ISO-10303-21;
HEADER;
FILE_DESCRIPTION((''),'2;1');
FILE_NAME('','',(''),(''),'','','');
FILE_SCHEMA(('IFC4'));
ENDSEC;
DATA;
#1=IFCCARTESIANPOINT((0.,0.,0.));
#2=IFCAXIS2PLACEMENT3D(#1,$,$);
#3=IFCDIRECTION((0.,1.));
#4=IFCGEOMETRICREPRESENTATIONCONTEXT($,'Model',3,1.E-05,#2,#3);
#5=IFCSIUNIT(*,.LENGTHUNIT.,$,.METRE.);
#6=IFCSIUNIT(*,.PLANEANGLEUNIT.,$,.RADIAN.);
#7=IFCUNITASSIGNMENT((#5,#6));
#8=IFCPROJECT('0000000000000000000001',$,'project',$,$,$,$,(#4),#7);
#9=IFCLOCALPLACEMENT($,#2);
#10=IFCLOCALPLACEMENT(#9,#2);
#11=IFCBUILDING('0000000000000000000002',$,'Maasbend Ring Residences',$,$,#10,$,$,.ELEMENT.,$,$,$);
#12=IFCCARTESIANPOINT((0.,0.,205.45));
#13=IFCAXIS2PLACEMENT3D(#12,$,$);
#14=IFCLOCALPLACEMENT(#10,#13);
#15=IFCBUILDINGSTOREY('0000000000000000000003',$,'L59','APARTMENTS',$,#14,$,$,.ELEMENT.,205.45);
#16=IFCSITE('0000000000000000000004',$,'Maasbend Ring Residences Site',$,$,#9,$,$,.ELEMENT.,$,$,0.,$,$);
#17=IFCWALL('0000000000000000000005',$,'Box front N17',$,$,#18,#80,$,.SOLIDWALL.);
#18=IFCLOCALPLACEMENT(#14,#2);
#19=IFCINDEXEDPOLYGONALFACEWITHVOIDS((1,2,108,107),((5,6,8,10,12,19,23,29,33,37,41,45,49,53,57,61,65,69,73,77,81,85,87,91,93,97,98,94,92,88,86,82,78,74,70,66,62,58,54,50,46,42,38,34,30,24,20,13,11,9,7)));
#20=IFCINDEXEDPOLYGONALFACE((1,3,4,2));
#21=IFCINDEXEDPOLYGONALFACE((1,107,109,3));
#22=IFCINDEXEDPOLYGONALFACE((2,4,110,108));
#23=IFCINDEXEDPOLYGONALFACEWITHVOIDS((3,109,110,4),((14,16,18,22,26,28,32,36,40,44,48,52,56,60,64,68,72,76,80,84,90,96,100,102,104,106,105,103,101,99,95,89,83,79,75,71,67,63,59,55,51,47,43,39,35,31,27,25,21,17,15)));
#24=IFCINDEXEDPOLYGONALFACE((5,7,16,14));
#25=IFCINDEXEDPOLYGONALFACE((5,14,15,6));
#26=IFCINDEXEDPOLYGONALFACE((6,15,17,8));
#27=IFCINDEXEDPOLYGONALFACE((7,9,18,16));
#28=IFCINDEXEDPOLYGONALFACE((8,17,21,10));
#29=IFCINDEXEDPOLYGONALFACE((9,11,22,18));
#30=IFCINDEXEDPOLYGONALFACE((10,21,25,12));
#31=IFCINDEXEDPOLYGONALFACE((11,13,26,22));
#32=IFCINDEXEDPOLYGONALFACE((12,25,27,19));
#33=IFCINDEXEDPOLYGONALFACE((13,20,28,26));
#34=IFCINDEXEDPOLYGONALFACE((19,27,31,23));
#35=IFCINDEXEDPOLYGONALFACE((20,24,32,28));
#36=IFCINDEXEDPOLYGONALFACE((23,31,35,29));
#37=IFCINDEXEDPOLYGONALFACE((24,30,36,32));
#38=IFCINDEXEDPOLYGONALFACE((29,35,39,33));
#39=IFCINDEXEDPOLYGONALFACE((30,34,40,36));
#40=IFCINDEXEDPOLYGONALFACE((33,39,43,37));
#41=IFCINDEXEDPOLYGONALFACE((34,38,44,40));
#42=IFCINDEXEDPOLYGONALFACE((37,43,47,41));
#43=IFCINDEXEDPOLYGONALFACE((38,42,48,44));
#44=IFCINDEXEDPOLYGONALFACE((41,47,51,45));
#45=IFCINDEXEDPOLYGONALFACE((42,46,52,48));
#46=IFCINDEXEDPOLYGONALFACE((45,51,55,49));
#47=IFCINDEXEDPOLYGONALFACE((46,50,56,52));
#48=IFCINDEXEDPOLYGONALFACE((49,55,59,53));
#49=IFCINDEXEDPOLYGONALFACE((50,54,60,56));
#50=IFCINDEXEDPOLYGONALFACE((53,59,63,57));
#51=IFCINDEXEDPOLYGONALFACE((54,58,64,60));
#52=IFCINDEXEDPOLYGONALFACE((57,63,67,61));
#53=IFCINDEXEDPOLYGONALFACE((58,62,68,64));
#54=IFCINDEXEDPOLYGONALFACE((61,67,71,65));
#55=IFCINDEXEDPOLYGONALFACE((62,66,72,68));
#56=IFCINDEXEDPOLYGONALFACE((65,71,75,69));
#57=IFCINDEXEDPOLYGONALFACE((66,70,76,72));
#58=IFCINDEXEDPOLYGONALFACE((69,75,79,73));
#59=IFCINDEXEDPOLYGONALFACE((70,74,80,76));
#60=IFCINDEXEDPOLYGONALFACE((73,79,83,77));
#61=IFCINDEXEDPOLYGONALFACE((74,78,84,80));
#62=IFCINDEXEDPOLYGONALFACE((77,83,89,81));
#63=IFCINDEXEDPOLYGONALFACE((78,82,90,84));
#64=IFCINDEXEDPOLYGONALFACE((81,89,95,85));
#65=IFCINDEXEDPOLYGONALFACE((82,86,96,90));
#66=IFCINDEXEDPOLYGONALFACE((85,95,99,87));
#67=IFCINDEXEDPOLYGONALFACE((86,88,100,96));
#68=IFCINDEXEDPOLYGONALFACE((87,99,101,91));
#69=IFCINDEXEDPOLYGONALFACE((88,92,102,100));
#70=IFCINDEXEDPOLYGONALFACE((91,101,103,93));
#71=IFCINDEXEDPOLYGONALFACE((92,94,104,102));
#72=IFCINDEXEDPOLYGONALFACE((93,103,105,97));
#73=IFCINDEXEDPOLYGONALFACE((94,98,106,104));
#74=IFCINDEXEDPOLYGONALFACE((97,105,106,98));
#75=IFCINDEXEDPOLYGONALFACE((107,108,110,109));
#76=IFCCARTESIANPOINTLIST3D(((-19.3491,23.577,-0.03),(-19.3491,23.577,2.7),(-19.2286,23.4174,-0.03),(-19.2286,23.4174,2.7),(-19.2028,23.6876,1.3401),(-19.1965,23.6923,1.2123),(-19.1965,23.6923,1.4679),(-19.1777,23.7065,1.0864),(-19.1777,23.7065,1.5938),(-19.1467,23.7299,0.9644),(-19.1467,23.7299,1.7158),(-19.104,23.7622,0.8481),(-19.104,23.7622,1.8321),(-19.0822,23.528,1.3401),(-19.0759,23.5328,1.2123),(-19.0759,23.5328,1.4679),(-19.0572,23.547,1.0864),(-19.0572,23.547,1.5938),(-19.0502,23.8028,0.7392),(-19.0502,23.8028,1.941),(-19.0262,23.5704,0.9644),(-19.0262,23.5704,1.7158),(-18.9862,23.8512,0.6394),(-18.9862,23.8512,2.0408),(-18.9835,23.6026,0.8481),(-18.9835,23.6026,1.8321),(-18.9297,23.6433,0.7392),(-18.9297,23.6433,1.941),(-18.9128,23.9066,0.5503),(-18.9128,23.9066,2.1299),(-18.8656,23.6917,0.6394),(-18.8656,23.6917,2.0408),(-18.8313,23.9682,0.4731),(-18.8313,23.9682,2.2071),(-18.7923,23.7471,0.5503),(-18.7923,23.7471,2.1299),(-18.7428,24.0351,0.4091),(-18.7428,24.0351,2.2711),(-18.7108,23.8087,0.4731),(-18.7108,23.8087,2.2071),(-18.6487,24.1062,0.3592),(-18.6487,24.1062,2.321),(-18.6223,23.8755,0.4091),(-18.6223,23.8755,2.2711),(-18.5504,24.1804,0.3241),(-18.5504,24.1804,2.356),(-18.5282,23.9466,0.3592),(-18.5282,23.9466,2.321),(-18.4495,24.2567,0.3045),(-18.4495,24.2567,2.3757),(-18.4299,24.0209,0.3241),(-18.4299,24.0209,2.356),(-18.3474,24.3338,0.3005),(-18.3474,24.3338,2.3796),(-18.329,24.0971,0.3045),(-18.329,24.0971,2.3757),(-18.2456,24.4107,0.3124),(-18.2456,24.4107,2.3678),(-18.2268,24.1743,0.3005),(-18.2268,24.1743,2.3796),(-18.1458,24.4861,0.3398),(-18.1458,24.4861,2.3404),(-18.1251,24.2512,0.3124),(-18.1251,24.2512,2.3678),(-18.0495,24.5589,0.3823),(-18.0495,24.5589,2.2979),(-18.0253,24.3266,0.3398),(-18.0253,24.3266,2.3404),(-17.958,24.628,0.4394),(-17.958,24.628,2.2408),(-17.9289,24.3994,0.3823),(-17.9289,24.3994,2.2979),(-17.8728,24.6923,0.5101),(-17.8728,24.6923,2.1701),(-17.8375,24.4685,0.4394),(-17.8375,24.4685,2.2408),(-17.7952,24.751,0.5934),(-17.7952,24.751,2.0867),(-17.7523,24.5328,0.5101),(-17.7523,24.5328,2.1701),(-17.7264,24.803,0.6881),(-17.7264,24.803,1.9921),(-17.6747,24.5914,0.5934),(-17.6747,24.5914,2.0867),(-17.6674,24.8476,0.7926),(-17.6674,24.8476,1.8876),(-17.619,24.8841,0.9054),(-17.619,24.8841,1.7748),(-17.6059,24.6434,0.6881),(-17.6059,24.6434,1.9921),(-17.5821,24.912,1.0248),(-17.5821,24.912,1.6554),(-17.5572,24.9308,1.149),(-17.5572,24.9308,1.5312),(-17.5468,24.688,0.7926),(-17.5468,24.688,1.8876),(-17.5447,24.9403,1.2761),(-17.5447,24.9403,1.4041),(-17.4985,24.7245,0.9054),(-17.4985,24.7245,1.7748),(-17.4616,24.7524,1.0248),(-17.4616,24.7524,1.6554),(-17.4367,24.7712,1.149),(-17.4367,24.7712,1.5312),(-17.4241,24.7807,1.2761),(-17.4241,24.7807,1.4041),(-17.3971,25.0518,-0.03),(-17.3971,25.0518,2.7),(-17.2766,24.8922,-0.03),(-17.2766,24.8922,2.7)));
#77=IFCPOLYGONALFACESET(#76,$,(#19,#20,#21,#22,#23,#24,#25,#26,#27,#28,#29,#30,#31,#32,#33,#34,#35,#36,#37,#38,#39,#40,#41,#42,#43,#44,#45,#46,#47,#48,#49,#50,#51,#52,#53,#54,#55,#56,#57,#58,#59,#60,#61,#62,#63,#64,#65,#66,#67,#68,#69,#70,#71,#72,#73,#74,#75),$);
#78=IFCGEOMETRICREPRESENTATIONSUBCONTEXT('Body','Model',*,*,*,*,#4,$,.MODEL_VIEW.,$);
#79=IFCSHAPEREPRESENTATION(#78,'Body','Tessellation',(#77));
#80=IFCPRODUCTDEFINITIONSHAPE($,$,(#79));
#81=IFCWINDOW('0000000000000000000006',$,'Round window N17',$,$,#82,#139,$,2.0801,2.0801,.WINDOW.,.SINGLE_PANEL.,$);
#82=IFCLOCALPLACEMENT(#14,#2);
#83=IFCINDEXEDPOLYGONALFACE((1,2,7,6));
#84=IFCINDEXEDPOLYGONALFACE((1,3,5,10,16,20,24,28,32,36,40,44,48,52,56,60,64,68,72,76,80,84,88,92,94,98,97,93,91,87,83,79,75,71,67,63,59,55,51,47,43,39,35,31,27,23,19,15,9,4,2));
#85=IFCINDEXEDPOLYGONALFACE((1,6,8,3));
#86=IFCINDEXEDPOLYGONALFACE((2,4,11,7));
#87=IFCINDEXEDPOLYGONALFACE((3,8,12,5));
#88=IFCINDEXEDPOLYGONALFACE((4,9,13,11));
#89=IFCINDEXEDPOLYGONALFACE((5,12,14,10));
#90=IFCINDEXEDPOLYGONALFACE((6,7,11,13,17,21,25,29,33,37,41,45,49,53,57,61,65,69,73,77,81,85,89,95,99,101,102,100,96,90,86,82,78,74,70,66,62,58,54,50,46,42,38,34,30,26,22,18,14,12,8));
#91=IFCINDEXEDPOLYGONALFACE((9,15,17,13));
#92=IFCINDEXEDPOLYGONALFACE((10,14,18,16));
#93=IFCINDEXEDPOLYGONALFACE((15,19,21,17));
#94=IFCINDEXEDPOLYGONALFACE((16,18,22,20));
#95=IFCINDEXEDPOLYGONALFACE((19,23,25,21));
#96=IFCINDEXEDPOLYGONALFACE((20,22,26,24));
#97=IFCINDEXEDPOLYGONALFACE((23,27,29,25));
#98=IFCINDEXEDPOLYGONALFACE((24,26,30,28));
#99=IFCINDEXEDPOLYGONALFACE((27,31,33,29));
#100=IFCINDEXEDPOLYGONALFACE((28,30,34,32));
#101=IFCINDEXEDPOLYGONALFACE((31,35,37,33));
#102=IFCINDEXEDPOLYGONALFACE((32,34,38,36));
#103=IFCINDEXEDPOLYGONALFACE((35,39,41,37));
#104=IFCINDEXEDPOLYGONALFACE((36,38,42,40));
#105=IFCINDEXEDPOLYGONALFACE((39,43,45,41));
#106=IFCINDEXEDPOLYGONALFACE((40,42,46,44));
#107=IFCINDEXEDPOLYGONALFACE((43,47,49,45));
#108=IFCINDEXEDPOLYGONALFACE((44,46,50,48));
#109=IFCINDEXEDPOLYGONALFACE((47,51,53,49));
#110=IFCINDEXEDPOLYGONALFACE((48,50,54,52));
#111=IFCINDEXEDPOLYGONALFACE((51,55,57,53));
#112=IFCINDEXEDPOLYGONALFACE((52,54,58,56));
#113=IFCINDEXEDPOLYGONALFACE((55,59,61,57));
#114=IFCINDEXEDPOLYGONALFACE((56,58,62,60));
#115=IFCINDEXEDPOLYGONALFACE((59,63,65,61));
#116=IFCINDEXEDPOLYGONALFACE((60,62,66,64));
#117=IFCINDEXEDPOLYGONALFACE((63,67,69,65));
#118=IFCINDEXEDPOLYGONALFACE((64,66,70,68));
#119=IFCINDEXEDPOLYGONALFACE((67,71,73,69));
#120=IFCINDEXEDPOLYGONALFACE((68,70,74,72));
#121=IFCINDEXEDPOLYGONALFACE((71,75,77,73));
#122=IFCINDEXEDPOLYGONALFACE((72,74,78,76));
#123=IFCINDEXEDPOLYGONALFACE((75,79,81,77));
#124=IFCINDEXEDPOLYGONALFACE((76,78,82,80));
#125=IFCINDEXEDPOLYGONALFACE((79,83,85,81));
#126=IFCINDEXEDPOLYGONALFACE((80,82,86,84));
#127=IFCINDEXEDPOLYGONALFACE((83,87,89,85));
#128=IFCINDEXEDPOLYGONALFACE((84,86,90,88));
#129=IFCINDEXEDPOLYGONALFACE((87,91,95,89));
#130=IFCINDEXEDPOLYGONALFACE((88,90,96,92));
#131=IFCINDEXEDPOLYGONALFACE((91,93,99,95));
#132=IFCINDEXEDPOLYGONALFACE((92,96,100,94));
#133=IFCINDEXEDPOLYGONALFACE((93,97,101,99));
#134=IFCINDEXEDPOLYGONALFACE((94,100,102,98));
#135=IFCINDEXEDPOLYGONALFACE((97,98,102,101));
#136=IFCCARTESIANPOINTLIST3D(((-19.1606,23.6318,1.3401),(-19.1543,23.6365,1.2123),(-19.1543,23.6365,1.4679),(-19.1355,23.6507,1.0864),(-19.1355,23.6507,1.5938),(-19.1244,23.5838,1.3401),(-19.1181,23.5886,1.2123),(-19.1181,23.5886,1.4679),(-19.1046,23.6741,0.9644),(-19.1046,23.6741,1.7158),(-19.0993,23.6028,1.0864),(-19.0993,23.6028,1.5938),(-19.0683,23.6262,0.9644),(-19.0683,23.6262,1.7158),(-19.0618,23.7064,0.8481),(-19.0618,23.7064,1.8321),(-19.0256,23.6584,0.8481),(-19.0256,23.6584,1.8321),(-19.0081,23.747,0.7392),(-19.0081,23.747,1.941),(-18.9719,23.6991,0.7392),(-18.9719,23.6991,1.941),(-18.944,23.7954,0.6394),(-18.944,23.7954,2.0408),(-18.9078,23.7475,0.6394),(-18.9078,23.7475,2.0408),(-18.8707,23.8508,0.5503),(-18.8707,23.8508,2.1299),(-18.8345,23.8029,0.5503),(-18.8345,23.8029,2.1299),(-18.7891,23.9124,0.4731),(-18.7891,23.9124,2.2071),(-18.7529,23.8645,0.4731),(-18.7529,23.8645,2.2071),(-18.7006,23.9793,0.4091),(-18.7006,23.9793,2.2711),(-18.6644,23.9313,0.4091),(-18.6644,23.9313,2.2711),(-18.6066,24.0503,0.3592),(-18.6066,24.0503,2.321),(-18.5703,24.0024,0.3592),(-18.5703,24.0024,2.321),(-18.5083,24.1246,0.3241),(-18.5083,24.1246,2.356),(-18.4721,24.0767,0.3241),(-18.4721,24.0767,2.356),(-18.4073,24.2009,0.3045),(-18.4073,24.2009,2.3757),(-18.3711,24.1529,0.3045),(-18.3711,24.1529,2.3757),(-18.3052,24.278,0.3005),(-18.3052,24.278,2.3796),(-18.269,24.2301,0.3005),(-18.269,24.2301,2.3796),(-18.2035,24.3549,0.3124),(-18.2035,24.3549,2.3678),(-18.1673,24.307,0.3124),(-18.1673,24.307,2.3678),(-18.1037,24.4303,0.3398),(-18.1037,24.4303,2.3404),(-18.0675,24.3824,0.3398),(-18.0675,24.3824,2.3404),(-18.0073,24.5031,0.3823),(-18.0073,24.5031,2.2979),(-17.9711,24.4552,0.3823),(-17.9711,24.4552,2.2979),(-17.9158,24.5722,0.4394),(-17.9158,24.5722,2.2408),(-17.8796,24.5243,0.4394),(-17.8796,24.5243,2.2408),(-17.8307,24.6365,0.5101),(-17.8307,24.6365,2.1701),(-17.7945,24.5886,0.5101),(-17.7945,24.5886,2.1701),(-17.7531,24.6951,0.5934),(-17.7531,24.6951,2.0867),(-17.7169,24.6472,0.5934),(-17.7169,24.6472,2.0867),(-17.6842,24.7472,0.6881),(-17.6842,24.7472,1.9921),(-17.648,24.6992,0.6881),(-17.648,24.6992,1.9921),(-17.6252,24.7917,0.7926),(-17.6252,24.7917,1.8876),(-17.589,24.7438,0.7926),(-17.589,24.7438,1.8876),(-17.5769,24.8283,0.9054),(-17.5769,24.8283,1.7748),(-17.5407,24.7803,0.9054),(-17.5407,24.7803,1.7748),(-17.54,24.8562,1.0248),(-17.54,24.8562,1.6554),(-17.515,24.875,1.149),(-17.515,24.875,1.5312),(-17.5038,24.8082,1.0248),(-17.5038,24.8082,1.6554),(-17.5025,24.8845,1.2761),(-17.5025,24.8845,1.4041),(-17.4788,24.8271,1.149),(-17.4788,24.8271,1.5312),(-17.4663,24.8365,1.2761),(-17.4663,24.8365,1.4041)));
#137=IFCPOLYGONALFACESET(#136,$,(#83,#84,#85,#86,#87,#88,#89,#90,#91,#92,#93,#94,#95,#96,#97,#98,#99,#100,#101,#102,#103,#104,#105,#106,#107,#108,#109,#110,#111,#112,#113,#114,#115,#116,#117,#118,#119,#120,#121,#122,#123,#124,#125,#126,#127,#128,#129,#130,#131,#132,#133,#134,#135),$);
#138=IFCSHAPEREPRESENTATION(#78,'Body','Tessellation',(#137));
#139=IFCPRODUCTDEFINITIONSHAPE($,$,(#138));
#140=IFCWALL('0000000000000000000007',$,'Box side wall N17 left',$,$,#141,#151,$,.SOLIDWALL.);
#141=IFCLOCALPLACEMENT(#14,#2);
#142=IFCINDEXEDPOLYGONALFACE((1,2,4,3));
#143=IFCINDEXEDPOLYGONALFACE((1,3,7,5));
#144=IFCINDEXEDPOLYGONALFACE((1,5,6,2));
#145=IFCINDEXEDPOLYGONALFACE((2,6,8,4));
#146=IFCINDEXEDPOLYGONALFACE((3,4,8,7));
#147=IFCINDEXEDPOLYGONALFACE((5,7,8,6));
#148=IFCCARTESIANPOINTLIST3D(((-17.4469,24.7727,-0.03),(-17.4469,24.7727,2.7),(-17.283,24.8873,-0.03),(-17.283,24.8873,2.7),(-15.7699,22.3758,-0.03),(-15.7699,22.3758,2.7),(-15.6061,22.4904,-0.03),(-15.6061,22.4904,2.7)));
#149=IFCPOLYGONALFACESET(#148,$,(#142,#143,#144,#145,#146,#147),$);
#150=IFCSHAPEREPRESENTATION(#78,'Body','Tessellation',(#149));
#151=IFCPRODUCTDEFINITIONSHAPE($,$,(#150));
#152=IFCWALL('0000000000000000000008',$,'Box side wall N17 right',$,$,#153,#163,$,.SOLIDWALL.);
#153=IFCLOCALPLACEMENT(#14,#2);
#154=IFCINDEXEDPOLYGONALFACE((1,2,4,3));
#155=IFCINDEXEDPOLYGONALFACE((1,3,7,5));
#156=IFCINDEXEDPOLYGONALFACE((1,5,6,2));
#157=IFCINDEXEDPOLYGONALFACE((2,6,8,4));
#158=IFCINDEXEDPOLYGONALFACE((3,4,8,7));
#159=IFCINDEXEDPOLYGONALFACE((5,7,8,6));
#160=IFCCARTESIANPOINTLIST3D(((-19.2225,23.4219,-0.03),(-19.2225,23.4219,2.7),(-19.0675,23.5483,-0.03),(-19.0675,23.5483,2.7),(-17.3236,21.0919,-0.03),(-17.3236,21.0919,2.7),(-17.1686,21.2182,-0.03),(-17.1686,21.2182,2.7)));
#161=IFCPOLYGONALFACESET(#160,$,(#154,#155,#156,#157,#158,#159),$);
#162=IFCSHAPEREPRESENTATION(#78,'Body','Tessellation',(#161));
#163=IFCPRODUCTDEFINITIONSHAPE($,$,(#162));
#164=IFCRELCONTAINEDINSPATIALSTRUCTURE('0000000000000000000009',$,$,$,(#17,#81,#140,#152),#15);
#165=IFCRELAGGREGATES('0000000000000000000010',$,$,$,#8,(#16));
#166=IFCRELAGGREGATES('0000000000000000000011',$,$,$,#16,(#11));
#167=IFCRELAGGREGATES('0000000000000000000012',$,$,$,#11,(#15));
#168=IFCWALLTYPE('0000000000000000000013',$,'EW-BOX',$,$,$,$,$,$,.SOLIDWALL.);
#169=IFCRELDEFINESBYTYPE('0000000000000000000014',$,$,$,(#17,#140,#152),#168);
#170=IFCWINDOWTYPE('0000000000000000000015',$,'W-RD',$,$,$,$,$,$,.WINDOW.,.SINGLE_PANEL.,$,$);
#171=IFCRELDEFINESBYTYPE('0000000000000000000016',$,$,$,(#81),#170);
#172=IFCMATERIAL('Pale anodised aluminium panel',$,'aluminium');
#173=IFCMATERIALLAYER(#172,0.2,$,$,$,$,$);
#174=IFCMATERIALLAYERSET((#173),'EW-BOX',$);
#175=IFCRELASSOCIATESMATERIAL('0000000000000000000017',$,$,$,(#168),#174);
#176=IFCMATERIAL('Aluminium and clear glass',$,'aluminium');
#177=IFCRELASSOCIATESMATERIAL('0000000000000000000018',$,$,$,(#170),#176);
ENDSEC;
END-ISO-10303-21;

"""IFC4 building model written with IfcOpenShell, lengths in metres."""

from ifc_helpers import new_model, si_unit, direction, frame, frame_2d, origin, place, context, subcontext, project, spatial, rectangle, circle, extrude, material, layer, layer_set, type_object, element, fill, save


model = new_model("IFC4")

# Units and contexts
model_context = context("Model", 3, precision=1e-05, world=origin(), true_north=direction((0.0, 1.0)))
body_context = subcontext(model_context, "Body", "Model", "MODEL_VIEW")
ifc_project = project(units=[si_unit("LENGTHUNIT", "METRE"), si_unit("PLANEANGLEUNIT", "RADIAN")], contexts=[model_context])

# Site, building, storey
site_placement = place(None, origin())
site = spatial("IfcSite", under=ifc_project, at=site_placement, Name="Maasbend Ring Residences Site", CompositionType="ELEMENT", RefElevation=0.0)
building_placement = place(site_placement, origin())
building = spatial("IfcBuilding", under=site, at=building_placement, Name="Maasbend Ring Residences", CompositionType="ELEMENT")
storey_placement = place(building_placement, frame((0.0, 0.0, 205.45)))
storey = spatial("IfcBuildingStorey", under=building, at=storey_placement, Name="L59", Description="APARTMENTS", CompositionType="ELEMENT", Elevation=205.45)

# Shared definitions
ifc_material_1 = material(Name="Pale anodised aluminium panel", Category="aluminium")
ifc_layer_1 = layer(ifc_material_1, 0.2)
ifc_layer_set_1 = layer_set([ifc_layer_1], Name="EW-BOX")
wall_type_1 = type_object("IfcWallType", Name="EW-BOX", PredefinedType="SOLIDWALL", material=ifc_layer_set_1)

# Wall, opening, window
wall_1_placement = place(storey_placement, frame((-17.3369, 24.9719, -0.03), z_axis=(0.0, 0.0, 1.0), x_axis=(-0.797888, -0.602806, 0.0)))
wall_1 = element("IfcWall", 1, at=wall_1_placement, inside=storey, type_object=wall_type_1, Name="Box front N17", PredefinedType="SOLIDWALL", context=body_context, shape_type="SweptSolid", body=[
    extrude(rectangle(XDim=2.4465, YDim=0.2, at=frame_2d((1.2231, 0.0))), origin(), (0.0, 0.0, 1.0), 2.73),
])
opening_1_placement = place(wall_1_placement, frame((0.1829, 0.0, 0.3301)))
opening_1 = element("IfcOpeningElement", 2, at=opening_1_placement, cuts=wall_1, PredefinedType="OPENING", context=body_context, shape_type="SweptSolid", body=[
    extrude(circle(Radius=1.04, at=frame_2d((1.04, 1.04))), frame((0.0, 0.1099, 0.0), z_axis=(0.0, -1.0, 0.0), x_axis=(1.0, 0.0, 0.0)), (0.0, 0.0, 1.0), 0.22),
])
ifc_material_2 = material(Name="Aluminium and clear glass", Category="aluminium")
window_type_1 = type_object("IfcWindowType", Name="W-RD", PartitioningType="SINGLE_PANEL", PredefinedType="WINDOW", material=ifc_material_2)
window_1_placement = place(opening_1_placement, origin())
window_1 = element("IfcWindow", 3, at=window_1_placement, inside=storey, type_object=window_type_1, Name="Round window N17", OverallHeight=2.0801, OverallWidth=2.0801, PartitioningType="SINGLE_PANEL", PredefinedType="WINDOW", context=body_context, shape_type="SweptSolid", body=[
    extrude(circle(Radius=1.04, at=frame_2d((1.04, 1.04))), frame((0.0, 0.03, 0.0), z_axis=(0.0, -1.0, 0.0), x_axis=(1.0, 0.0, 0.0)), (0.0, 0.0, 1.0), 0.0601),
])
fill(opening_1, window_1)

# Walls
wall_2_placement = place(storey_placement, frame((-15.688, 22.4331, -0.03), z_axis=(0.0, 0.0, 1.0), x_axis=(-0.573261, 0.819373, 0.0)))
element("IfcWall", 4, at=wall_2_placement, inside=storey, type_object=wall_type_1, Name="Box side wall N17 left", PredefinedType="SOLIDWALL", context=body_context, shape_type="SweptSolid", body=[
    extrude(rectangle(XDim=2.9253, YDim=0.2, at=frame_2d((1.4626, 0.0))), origin(), (0.0, 0.0, 1.0), 2.73),
])
wall_3_placement = place(storey_placement, frame((-17.2461, 21.155, -0.03), z_axis=(0.0, 0.0, 1.0), x_axis=(-0.631742, 0.775179, 0.0)))
element("IfcWall", 5, at=wall_3_placement, inside=storey, type_object=wall_type_1, Name="Box side wall N17 right", PredefinedType="SOLIDWALL", context=body_context, shape_type="SweptSolid", body=[
    extrude(rectangle(XDim=3.0059, YDim=0.2, at=frame_2d((1.5029, 0.0))), origin(), (0.0, 0.0, 1.0), 2.73),
])

save(model, "model.ifc")
